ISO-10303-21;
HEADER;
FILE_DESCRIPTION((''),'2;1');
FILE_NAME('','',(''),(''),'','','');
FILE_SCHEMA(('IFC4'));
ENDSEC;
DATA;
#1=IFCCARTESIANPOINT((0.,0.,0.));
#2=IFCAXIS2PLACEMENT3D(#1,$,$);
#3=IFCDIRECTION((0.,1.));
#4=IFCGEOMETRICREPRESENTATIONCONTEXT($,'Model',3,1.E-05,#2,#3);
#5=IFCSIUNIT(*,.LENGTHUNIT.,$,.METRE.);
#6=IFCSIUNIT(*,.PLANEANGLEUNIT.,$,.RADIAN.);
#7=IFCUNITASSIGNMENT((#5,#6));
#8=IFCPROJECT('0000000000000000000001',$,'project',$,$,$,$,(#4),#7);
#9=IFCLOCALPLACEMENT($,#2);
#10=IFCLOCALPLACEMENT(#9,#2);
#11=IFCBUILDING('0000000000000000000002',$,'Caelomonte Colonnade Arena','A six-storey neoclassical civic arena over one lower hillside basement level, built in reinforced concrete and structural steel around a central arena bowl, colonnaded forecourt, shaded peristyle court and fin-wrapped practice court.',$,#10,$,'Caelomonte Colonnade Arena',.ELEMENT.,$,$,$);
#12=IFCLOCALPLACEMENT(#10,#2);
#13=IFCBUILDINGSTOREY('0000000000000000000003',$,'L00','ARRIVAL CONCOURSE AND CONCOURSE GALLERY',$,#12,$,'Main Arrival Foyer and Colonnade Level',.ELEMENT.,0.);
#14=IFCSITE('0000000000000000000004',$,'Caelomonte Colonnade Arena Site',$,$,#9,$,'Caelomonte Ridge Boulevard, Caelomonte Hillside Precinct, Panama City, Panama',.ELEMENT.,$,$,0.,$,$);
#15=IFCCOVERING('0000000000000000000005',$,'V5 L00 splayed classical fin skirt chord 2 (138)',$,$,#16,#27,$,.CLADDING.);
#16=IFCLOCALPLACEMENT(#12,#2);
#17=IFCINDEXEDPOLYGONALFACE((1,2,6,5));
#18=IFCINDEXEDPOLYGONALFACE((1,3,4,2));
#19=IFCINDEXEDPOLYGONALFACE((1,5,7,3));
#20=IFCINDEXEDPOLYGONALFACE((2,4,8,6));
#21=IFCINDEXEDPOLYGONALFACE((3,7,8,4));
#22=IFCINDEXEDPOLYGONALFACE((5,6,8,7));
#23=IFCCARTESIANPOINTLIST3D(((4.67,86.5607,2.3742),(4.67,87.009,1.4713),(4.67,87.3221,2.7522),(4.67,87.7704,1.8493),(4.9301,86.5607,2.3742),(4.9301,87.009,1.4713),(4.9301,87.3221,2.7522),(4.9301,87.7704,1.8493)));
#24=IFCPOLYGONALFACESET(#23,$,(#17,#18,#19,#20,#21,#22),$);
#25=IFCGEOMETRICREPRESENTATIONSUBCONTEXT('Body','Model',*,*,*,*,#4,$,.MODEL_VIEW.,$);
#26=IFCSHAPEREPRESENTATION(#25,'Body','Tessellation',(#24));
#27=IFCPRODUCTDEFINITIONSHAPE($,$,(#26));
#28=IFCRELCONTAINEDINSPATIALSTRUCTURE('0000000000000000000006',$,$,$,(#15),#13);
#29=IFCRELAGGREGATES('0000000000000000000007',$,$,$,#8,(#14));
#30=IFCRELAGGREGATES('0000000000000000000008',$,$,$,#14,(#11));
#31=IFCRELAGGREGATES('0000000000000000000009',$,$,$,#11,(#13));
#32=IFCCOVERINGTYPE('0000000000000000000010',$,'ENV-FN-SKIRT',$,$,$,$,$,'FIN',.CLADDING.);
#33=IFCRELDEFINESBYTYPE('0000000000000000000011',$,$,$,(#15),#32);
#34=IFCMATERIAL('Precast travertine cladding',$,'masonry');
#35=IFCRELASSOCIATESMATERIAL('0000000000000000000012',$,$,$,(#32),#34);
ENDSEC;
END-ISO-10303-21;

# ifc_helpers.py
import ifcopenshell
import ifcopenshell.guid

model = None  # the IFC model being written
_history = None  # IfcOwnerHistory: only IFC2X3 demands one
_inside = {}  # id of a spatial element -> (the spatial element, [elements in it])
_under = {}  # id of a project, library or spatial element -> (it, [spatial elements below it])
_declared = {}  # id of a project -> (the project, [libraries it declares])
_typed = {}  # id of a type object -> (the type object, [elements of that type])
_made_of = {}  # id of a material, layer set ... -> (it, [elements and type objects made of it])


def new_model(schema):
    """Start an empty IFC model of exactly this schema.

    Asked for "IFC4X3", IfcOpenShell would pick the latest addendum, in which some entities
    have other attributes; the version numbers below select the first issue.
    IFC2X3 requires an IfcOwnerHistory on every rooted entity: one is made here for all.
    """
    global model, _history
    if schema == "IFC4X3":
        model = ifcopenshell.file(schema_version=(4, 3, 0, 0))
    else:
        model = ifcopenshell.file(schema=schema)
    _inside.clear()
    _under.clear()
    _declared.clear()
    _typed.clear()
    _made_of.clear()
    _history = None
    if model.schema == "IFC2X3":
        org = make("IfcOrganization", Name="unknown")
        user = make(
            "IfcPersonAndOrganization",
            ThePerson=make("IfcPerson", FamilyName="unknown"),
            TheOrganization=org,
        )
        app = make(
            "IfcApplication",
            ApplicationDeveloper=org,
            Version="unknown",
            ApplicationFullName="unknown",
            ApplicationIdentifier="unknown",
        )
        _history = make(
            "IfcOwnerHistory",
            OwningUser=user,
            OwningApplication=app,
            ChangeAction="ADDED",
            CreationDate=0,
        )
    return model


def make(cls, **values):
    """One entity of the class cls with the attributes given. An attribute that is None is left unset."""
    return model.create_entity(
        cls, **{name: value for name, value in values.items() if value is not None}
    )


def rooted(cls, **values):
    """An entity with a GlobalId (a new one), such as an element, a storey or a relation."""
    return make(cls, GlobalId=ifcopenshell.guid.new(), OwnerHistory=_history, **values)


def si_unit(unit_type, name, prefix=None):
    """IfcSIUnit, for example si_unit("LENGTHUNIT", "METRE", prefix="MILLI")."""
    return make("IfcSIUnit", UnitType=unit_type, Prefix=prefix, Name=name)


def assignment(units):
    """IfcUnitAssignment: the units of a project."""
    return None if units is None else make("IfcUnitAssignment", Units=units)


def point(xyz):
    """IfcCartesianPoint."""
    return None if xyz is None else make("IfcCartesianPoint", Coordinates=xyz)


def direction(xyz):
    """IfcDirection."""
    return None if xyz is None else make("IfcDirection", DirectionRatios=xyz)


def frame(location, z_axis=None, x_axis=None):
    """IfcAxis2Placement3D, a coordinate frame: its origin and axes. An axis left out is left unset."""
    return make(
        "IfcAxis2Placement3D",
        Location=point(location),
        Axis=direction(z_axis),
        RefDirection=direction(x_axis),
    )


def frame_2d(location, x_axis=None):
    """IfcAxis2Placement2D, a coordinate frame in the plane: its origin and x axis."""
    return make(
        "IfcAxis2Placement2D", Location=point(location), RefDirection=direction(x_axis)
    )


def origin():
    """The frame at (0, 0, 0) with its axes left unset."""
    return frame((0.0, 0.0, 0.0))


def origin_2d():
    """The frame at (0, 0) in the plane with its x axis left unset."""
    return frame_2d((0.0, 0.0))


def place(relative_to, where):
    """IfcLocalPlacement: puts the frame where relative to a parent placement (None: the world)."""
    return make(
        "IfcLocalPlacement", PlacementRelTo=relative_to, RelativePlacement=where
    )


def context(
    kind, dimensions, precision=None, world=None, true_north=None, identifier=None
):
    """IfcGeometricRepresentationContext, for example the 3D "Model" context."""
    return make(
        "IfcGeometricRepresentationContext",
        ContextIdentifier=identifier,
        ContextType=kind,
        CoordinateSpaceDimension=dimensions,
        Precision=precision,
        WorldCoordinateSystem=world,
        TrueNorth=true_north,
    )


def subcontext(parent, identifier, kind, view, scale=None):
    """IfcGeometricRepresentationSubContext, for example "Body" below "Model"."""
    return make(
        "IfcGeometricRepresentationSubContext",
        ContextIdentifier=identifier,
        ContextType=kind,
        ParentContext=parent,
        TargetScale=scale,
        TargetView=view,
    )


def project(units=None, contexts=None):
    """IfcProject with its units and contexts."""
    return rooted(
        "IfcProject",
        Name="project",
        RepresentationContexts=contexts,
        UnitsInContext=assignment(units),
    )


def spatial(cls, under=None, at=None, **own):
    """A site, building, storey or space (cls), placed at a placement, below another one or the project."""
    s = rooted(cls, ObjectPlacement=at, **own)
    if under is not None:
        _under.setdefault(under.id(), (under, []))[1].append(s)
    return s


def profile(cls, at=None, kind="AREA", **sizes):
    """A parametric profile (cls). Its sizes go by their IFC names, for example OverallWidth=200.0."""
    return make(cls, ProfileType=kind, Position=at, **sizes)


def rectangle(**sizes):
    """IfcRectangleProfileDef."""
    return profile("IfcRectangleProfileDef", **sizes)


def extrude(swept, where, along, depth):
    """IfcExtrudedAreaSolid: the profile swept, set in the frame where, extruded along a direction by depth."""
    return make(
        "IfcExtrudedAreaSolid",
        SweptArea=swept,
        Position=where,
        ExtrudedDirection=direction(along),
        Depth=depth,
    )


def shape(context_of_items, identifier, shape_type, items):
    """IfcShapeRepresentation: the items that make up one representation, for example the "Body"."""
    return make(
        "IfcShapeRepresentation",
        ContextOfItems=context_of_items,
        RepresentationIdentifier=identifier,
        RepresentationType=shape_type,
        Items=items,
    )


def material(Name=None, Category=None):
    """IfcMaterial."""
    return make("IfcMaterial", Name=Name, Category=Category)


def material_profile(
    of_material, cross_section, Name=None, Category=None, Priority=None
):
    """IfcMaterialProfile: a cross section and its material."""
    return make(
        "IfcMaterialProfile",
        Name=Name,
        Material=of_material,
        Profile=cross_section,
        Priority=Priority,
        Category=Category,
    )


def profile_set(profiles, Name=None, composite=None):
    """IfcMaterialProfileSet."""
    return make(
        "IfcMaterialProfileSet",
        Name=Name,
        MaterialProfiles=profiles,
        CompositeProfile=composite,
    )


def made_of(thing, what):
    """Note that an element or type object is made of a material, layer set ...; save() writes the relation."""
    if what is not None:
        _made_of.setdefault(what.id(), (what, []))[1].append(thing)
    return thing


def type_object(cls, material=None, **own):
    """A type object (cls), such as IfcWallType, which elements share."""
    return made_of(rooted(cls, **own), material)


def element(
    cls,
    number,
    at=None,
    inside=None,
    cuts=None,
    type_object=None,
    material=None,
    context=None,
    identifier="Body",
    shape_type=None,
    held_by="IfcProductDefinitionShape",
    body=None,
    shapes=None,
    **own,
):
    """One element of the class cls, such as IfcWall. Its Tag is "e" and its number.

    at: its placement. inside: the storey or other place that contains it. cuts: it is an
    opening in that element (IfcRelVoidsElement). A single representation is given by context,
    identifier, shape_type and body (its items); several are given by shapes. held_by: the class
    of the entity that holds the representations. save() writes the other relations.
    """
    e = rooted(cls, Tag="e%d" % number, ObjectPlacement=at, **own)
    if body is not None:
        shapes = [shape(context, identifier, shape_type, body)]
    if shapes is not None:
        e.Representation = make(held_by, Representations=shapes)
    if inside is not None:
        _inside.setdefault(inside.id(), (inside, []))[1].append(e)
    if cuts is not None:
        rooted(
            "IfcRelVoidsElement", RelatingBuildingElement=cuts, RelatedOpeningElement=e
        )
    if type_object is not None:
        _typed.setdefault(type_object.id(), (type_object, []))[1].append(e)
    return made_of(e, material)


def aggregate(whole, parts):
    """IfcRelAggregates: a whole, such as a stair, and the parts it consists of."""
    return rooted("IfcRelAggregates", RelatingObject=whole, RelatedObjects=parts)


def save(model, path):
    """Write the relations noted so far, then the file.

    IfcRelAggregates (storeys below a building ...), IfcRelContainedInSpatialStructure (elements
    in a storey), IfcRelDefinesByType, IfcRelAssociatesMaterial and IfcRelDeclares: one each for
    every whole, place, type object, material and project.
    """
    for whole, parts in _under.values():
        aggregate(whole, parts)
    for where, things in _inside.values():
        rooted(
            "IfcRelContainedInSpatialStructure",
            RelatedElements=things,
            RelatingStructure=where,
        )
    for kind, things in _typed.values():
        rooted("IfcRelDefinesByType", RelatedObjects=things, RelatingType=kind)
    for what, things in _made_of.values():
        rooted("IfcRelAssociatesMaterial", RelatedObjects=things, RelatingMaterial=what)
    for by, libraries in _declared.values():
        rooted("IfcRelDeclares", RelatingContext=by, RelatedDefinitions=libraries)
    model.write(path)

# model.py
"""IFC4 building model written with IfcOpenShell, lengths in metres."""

from ifc_helpers import new_model, si_unit, direction, frame, origin, origin_2d, place, context, subcontext, project, spatial, rectangle, extrude, material, material_profile, profile_set, type_object, element, save


model = new_model("IFC4")

# Units and contexts
model_context = context("Model", 3, precision=1e-05, world=origin(), true_north=direction((0.0, 1.0)))
body_context = subcontext(model_context, "Body", "Model", "MODEL_VIEW")
ifc_project = project(units=[si_unit("LENGTHUNIT", "METRE"), si_unit("PLANEANGLEUNIT", "RADIAN")], contexts=[model_context])

# Site, building, storey
site_placement = place(None, origin())
site = spatial("IfcSite", under=ifc_project, at=site_placement, Name="Caelomonte Colonnade Arena Site", LongName="Caelomonte Ridge Boulevard, Caelomonte Hillside Precinct, Panama City, Panama", CompositionType="ELEMENT", RefElevation=0.0)
building_placement = place(site_placement, origin())
building = spatial("IfcBuilding", under=site, at=building_placement, Name="Caelomonte Colonnade Arena", Description="A six-storey neoclassical civic arena over one lower hillside basement level, built in reinforced concrete and structural steel around a central arena bowl, colonnaded forecourt, shaded peristyle court and fin-wrapped practice court.", LongName="Caelomonte Colonnade Arena", CompositionType="ELEMENT")
storey_placement = place(building_placement, origin())
storey = spatial("IfcBuildingStorey", under=building, at=storey_placement, Name="L00", Description="ARRIVAL CONCOURSE AND CONCOURSE GALLERY", LongName="Main Arrival Foyer and Colonnade Level", CompositionType="ELEMENT", Elevation=0.0)

# Covering
ifc_material_1 = material(Name="Precast travertine cladding", Category="masonry")
ifc_material_profile_1 = material_profile(ifc_material_1, rectangle(XDim=0.26, YDim=0.8501, at=origin_2d()), Name="FIN260X850")
ifc_profile_set_1 = profile_set([ifc_material_profile_1], Name="Precast travertine cladding")
covering_type = type_object("IfcCoveringType", Name="ENV-FN-SKIRT", ElementType="FIN", PredefinedType="CLADDING", material=ifc_profile_set_1)
for number, where, z_axis, x_axis, name in (
    (1, (4.8, 86.9414, 2.5632), (0.0, 0.444693, -0.895683), (-1.0, 0.0, 0.0), "V5 L00 splayed classical fin skirt chord 2 (138)"),
):
    element("IfcCovering", number, at=place(storey_placement, frame(where, z_axis=z_axis, x_axis=x_axis)), inside=storey, type_object=covering_type, Name=name, PredefinedType="CLADDING", context=body_context, shape_type="SweptSolid", body=[
        extrude(rectangle(XDim=0.26, YDim=0.8501, at=origin_2d()), origin(), (0.0, 0.0, 1.0), 1.0081),
    ])

save(model, "model.ifc")
